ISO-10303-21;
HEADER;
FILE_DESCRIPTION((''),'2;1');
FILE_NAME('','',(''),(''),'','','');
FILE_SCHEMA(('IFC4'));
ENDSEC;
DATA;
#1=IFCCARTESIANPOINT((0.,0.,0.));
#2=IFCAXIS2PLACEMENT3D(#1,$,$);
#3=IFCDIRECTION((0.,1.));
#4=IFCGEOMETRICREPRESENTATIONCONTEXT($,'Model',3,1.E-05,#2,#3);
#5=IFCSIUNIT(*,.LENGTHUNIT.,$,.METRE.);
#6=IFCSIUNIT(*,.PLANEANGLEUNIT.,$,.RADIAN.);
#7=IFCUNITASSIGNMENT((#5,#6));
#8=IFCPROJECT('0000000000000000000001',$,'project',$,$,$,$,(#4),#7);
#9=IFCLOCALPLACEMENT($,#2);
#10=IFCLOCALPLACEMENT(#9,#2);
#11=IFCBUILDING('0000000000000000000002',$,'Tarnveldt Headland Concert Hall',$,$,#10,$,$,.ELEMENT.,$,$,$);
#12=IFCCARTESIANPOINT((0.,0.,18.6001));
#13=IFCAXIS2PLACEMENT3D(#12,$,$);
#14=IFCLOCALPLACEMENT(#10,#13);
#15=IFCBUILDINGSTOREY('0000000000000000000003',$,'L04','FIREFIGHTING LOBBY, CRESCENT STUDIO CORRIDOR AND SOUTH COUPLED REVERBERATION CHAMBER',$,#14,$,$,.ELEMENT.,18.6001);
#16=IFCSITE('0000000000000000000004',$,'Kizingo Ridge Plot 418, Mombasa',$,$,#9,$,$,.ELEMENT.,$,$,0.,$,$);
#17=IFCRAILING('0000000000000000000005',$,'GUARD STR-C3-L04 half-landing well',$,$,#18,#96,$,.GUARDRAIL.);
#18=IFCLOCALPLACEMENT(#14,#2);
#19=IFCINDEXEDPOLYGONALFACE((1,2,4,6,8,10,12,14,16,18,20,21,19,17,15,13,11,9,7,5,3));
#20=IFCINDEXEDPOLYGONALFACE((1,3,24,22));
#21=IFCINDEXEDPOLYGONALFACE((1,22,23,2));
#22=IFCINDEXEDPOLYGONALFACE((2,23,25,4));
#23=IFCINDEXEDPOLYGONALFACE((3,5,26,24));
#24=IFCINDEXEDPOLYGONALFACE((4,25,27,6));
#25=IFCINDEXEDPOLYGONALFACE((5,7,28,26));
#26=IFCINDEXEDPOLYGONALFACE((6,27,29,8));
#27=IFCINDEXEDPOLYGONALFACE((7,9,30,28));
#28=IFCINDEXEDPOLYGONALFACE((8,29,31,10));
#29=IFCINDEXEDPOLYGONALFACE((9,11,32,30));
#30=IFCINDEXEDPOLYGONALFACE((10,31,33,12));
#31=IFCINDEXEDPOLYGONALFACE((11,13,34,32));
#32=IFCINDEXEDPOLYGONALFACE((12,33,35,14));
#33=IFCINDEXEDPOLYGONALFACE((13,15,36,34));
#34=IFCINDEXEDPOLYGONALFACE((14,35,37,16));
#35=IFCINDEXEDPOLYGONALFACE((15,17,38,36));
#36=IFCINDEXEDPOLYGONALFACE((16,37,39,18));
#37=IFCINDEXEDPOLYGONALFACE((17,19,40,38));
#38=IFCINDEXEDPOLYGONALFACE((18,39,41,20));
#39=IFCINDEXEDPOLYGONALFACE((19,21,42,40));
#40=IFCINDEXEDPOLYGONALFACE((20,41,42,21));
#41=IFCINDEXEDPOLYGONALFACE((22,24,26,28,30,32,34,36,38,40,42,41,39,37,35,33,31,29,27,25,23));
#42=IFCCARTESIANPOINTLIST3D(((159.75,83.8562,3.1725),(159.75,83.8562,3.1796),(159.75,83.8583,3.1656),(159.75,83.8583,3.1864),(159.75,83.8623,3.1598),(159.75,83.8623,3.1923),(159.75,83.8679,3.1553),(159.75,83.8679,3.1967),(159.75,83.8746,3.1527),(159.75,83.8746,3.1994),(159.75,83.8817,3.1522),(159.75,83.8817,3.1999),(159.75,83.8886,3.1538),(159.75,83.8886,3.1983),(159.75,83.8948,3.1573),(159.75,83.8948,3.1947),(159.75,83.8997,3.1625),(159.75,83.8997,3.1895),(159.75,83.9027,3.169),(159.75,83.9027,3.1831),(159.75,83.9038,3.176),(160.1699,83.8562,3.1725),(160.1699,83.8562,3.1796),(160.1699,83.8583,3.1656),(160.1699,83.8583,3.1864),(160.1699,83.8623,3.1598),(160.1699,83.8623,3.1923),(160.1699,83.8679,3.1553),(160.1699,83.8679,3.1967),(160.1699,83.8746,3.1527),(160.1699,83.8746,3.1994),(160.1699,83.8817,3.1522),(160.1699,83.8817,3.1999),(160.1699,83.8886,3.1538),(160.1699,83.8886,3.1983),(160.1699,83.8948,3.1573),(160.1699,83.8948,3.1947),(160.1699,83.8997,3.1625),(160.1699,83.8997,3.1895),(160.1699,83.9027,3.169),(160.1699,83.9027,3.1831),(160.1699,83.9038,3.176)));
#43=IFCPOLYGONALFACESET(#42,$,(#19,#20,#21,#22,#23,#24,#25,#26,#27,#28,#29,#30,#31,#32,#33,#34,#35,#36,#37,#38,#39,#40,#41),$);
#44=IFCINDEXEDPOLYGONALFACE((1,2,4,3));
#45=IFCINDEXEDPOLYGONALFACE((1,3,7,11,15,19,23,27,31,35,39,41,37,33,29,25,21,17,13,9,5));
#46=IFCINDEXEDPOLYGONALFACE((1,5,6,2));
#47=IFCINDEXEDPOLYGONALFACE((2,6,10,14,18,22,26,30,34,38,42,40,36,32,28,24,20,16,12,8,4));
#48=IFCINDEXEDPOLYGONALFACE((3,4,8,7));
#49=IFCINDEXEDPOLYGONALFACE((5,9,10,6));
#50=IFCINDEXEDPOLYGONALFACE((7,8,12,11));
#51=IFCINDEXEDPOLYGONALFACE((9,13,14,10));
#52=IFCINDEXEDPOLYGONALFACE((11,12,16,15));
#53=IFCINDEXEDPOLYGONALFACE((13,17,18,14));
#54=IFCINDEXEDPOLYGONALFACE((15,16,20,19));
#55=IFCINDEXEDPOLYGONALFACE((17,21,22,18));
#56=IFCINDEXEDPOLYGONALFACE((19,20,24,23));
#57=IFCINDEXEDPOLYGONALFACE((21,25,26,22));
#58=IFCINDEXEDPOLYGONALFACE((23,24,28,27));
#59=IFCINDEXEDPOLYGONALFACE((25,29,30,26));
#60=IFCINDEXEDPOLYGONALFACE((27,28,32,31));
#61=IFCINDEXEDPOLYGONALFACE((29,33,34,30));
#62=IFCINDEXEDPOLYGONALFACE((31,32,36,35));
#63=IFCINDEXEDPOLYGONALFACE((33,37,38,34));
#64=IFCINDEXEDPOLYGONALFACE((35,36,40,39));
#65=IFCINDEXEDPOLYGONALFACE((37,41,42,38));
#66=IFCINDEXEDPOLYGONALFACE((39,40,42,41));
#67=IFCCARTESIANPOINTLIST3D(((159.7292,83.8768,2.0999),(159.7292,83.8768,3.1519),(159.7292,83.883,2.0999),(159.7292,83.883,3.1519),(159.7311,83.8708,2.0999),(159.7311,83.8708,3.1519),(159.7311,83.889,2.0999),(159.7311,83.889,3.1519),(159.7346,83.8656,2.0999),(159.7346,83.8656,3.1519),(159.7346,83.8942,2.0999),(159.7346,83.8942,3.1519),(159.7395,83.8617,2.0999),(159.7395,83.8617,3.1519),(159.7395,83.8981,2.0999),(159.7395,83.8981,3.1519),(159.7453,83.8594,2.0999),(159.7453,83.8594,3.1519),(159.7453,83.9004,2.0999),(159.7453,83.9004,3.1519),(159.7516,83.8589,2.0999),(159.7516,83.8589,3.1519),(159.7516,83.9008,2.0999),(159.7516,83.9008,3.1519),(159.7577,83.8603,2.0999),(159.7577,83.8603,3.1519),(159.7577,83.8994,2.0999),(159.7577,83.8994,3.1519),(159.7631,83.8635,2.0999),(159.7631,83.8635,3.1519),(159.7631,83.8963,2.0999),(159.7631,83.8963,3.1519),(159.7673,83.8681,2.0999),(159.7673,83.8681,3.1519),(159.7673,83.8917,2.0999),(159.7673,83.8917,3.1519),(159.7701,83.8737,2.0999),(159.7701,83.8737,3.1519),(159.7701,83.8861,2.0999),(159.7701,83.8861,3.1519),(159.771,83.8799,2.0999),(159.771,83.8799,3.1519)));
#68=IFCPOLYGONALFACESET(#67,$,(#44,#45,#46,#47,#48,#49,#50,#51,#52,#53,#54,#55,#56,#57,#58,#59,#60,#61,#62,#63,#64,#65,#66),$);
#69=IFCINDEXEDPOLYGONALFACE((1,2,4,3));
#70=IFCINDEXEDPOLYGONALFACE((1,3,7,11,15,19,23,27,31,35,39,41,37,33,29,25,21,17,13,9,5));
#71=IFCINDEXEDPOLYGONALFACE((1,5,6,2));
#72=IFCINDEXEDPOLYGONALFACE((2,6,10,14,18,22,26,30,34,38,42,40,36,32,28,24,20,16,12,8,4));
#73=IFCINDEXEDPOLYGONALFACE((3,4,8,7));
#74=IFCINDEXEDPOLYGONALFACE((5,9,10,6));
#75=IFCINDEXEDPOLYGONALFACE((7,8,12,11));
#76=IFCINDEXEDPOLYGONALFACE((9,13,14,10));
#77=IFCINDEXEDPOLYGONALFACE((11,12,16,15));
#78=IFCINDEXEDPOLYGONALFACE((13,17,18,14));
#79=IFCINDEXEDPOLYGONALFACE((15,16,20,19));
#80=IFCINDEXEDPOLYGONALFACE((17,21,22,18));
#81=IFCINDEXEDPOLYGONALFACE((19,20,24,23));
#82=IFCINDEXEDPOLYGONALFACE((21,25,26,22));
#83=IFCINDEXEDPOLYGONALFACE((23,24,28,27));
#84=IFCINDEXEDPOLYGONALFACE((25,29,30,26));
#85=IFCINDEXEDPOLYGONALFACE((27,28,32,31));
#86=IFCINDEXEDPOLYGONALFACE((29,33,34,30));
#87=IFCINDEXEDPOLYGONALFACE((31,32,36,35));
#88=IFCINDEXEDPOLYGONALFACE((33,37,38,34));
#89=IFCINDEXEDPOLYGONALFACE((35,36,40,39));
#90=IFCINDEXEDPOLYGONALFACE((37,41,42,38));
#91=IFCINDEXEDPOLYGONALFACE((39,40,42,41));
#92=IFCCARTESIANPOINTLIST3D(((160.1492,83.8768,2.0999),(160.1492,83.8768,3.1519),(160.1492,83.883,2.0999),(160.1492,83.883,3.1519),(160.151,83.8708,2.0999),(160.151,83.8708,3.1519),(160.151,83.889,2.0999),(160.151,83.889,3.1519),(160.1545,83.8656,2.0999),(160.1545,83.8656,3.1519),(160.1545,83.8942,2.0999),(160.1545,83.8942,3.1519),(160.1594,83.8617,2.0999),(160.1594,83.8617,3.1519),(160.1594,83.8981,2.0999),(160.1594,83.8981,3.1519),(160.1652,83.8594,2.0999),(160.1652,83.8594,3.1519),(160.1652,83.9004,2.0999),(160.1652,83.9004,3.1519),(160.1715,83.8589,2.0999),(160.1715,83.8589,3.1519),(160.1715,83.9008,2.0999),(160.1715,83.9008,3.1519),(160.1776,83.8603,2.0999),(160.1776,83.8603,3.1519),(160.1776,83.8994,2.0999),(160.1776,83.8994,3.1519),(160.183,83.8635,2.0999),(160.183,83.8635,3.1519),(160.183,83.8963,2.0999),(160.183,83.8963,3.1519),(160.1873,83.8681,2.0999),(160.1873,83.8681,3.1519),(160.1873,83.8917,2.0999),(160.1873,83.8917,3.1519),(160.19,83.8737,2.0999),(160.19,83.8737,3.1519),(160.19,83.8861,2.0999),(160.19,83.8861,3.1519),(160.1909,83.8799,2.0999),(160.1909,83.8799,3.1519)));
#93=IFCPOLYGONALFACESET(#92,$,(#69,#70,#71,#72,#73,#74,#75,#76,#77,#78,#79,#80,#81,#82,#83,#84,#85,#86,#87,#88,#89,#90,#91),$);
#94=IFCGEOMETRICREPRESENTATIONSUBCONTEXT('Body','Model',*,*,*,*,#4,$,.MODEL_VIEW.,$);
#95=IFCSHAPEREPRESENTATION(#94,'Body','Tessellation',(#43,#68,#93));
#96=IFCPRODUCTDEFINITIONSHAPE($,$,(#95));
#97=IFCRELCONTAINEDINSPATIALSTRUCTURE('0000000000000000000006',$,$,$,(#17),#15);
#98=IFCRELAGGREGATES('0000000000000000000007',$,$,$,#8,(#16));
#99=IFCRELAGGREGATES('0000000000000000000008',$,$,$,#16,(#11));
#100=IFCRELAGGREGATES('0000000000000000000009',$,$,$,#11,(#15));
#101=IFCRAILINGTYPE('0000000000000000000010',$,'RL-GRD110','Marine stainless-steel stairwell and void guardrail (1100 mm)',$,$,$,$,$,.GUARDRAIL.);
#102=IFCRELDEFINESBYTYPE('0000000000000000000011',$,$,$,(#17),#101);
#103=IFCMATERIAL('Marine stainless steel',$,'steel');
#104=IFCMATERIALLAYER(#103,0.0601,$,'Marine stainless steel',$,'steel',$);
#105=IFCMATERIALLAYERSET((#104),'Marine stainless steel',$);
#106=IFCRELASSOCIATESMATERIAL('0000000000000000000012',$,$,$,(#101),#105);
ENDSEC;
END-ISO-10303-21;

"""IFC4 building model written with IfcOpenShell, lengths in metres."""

from ifc_helpers import new_model, si_unit, direction, frame, origin, origin_2d, place, context, subcontext, project, spatial, circle, extrude, material, layer, layer_set, type_object, element, save


model = new_model("IFC4")

# Units and contexts
model_context = context("Model", 3, precision=1e-05, world=origin(), true_north=direction((0.0, 1.0)))
body_context = subcontext(model_context, "Body", "Model", "MODEL_VIEW")
ifc_project = project(units=[si_unit("LENGTHUNIT", "METRE"), si_unit("PLANEANGLEUNIT", "RADIAN")], contexts=[model_context])

# Site, building, storey
site_placement = place(None, origin())
site = spatial("IfcSite", under=ifc_project, at=site_placement, Name="Kizingo Ridge Plot 418, Mombasa", CompositionType="ELEMENT", RefElevation=0.0)
building_placement = place(site_placement, origin())
building = spatial("IfcBuilding", under=site, at=building_placement, Name="Tarnveldt Headland Concert Hall", CompositionType="ELEMENT")
storey_placement = place(building_placement, frame((0.0, 0.0, 18.6001)))
storey = spatial("IfcBuildingStorey", under=building, at=storey_placement, Name="L04", Description="FIREFIGHTING LOBBY, CRESCENT STUDIO CORRIDOR AND SOUTH COUPLED REVERBERATION CHAMBER", CompositionType="ELEMENT", Elevation=18.6001)

# Railing
ifc_material_1 = material(Name="Marine stainless steel", Category="steel")
ifc_layer_1 = layer(ifc_material_1, 0.0601, Name="Marine stainless steel", Category="steel")
ifc_layer_set_1 = layer_set([ifc_layer_1], Name="Marine stainless steel")
railing_type_1 = type_object("IfcRailingType", Name="RL-GRD110", Description="Marine stainless-steel stairwell and void guardrail (1100 mm)", PredefinedType="GUARDRAIL", material=ifc_layer_set_1)
railing_1_placement = place(storey_placement, frame((159.75, 83.8799, 2.0999)))
element("IfcRailing", 1, at=railing_1_placement, inside=storey, type_object=railing_type_1, Name="GUARD STR-C3-L04 half-landing well", PredefinedType="GUARDRAIL", context=body_context, shape_type="SweptSolid", body=[
    extrude(circle(Radius=0.0239, at=origin_2d()), frame((0.0, 0.0, 1.0762), z_axis=(1.0, 0.0, 0.0), x_axis=(0.0, 1.0, 0.0)), (0.0, 0.0, 1.0), 0.4199),
    extrude(circle(Radius=0.021, at=origin_2d()), origin(), (0.0, 0.0, 1.0), 1.052),
    extrude(circle(Radius=0.021, at=origin_2d()), frame((0.4199, 0.0, 0.0)), (0.0, 0.0, 1.0), 1.052),
])

save(model, "model.ifc")
